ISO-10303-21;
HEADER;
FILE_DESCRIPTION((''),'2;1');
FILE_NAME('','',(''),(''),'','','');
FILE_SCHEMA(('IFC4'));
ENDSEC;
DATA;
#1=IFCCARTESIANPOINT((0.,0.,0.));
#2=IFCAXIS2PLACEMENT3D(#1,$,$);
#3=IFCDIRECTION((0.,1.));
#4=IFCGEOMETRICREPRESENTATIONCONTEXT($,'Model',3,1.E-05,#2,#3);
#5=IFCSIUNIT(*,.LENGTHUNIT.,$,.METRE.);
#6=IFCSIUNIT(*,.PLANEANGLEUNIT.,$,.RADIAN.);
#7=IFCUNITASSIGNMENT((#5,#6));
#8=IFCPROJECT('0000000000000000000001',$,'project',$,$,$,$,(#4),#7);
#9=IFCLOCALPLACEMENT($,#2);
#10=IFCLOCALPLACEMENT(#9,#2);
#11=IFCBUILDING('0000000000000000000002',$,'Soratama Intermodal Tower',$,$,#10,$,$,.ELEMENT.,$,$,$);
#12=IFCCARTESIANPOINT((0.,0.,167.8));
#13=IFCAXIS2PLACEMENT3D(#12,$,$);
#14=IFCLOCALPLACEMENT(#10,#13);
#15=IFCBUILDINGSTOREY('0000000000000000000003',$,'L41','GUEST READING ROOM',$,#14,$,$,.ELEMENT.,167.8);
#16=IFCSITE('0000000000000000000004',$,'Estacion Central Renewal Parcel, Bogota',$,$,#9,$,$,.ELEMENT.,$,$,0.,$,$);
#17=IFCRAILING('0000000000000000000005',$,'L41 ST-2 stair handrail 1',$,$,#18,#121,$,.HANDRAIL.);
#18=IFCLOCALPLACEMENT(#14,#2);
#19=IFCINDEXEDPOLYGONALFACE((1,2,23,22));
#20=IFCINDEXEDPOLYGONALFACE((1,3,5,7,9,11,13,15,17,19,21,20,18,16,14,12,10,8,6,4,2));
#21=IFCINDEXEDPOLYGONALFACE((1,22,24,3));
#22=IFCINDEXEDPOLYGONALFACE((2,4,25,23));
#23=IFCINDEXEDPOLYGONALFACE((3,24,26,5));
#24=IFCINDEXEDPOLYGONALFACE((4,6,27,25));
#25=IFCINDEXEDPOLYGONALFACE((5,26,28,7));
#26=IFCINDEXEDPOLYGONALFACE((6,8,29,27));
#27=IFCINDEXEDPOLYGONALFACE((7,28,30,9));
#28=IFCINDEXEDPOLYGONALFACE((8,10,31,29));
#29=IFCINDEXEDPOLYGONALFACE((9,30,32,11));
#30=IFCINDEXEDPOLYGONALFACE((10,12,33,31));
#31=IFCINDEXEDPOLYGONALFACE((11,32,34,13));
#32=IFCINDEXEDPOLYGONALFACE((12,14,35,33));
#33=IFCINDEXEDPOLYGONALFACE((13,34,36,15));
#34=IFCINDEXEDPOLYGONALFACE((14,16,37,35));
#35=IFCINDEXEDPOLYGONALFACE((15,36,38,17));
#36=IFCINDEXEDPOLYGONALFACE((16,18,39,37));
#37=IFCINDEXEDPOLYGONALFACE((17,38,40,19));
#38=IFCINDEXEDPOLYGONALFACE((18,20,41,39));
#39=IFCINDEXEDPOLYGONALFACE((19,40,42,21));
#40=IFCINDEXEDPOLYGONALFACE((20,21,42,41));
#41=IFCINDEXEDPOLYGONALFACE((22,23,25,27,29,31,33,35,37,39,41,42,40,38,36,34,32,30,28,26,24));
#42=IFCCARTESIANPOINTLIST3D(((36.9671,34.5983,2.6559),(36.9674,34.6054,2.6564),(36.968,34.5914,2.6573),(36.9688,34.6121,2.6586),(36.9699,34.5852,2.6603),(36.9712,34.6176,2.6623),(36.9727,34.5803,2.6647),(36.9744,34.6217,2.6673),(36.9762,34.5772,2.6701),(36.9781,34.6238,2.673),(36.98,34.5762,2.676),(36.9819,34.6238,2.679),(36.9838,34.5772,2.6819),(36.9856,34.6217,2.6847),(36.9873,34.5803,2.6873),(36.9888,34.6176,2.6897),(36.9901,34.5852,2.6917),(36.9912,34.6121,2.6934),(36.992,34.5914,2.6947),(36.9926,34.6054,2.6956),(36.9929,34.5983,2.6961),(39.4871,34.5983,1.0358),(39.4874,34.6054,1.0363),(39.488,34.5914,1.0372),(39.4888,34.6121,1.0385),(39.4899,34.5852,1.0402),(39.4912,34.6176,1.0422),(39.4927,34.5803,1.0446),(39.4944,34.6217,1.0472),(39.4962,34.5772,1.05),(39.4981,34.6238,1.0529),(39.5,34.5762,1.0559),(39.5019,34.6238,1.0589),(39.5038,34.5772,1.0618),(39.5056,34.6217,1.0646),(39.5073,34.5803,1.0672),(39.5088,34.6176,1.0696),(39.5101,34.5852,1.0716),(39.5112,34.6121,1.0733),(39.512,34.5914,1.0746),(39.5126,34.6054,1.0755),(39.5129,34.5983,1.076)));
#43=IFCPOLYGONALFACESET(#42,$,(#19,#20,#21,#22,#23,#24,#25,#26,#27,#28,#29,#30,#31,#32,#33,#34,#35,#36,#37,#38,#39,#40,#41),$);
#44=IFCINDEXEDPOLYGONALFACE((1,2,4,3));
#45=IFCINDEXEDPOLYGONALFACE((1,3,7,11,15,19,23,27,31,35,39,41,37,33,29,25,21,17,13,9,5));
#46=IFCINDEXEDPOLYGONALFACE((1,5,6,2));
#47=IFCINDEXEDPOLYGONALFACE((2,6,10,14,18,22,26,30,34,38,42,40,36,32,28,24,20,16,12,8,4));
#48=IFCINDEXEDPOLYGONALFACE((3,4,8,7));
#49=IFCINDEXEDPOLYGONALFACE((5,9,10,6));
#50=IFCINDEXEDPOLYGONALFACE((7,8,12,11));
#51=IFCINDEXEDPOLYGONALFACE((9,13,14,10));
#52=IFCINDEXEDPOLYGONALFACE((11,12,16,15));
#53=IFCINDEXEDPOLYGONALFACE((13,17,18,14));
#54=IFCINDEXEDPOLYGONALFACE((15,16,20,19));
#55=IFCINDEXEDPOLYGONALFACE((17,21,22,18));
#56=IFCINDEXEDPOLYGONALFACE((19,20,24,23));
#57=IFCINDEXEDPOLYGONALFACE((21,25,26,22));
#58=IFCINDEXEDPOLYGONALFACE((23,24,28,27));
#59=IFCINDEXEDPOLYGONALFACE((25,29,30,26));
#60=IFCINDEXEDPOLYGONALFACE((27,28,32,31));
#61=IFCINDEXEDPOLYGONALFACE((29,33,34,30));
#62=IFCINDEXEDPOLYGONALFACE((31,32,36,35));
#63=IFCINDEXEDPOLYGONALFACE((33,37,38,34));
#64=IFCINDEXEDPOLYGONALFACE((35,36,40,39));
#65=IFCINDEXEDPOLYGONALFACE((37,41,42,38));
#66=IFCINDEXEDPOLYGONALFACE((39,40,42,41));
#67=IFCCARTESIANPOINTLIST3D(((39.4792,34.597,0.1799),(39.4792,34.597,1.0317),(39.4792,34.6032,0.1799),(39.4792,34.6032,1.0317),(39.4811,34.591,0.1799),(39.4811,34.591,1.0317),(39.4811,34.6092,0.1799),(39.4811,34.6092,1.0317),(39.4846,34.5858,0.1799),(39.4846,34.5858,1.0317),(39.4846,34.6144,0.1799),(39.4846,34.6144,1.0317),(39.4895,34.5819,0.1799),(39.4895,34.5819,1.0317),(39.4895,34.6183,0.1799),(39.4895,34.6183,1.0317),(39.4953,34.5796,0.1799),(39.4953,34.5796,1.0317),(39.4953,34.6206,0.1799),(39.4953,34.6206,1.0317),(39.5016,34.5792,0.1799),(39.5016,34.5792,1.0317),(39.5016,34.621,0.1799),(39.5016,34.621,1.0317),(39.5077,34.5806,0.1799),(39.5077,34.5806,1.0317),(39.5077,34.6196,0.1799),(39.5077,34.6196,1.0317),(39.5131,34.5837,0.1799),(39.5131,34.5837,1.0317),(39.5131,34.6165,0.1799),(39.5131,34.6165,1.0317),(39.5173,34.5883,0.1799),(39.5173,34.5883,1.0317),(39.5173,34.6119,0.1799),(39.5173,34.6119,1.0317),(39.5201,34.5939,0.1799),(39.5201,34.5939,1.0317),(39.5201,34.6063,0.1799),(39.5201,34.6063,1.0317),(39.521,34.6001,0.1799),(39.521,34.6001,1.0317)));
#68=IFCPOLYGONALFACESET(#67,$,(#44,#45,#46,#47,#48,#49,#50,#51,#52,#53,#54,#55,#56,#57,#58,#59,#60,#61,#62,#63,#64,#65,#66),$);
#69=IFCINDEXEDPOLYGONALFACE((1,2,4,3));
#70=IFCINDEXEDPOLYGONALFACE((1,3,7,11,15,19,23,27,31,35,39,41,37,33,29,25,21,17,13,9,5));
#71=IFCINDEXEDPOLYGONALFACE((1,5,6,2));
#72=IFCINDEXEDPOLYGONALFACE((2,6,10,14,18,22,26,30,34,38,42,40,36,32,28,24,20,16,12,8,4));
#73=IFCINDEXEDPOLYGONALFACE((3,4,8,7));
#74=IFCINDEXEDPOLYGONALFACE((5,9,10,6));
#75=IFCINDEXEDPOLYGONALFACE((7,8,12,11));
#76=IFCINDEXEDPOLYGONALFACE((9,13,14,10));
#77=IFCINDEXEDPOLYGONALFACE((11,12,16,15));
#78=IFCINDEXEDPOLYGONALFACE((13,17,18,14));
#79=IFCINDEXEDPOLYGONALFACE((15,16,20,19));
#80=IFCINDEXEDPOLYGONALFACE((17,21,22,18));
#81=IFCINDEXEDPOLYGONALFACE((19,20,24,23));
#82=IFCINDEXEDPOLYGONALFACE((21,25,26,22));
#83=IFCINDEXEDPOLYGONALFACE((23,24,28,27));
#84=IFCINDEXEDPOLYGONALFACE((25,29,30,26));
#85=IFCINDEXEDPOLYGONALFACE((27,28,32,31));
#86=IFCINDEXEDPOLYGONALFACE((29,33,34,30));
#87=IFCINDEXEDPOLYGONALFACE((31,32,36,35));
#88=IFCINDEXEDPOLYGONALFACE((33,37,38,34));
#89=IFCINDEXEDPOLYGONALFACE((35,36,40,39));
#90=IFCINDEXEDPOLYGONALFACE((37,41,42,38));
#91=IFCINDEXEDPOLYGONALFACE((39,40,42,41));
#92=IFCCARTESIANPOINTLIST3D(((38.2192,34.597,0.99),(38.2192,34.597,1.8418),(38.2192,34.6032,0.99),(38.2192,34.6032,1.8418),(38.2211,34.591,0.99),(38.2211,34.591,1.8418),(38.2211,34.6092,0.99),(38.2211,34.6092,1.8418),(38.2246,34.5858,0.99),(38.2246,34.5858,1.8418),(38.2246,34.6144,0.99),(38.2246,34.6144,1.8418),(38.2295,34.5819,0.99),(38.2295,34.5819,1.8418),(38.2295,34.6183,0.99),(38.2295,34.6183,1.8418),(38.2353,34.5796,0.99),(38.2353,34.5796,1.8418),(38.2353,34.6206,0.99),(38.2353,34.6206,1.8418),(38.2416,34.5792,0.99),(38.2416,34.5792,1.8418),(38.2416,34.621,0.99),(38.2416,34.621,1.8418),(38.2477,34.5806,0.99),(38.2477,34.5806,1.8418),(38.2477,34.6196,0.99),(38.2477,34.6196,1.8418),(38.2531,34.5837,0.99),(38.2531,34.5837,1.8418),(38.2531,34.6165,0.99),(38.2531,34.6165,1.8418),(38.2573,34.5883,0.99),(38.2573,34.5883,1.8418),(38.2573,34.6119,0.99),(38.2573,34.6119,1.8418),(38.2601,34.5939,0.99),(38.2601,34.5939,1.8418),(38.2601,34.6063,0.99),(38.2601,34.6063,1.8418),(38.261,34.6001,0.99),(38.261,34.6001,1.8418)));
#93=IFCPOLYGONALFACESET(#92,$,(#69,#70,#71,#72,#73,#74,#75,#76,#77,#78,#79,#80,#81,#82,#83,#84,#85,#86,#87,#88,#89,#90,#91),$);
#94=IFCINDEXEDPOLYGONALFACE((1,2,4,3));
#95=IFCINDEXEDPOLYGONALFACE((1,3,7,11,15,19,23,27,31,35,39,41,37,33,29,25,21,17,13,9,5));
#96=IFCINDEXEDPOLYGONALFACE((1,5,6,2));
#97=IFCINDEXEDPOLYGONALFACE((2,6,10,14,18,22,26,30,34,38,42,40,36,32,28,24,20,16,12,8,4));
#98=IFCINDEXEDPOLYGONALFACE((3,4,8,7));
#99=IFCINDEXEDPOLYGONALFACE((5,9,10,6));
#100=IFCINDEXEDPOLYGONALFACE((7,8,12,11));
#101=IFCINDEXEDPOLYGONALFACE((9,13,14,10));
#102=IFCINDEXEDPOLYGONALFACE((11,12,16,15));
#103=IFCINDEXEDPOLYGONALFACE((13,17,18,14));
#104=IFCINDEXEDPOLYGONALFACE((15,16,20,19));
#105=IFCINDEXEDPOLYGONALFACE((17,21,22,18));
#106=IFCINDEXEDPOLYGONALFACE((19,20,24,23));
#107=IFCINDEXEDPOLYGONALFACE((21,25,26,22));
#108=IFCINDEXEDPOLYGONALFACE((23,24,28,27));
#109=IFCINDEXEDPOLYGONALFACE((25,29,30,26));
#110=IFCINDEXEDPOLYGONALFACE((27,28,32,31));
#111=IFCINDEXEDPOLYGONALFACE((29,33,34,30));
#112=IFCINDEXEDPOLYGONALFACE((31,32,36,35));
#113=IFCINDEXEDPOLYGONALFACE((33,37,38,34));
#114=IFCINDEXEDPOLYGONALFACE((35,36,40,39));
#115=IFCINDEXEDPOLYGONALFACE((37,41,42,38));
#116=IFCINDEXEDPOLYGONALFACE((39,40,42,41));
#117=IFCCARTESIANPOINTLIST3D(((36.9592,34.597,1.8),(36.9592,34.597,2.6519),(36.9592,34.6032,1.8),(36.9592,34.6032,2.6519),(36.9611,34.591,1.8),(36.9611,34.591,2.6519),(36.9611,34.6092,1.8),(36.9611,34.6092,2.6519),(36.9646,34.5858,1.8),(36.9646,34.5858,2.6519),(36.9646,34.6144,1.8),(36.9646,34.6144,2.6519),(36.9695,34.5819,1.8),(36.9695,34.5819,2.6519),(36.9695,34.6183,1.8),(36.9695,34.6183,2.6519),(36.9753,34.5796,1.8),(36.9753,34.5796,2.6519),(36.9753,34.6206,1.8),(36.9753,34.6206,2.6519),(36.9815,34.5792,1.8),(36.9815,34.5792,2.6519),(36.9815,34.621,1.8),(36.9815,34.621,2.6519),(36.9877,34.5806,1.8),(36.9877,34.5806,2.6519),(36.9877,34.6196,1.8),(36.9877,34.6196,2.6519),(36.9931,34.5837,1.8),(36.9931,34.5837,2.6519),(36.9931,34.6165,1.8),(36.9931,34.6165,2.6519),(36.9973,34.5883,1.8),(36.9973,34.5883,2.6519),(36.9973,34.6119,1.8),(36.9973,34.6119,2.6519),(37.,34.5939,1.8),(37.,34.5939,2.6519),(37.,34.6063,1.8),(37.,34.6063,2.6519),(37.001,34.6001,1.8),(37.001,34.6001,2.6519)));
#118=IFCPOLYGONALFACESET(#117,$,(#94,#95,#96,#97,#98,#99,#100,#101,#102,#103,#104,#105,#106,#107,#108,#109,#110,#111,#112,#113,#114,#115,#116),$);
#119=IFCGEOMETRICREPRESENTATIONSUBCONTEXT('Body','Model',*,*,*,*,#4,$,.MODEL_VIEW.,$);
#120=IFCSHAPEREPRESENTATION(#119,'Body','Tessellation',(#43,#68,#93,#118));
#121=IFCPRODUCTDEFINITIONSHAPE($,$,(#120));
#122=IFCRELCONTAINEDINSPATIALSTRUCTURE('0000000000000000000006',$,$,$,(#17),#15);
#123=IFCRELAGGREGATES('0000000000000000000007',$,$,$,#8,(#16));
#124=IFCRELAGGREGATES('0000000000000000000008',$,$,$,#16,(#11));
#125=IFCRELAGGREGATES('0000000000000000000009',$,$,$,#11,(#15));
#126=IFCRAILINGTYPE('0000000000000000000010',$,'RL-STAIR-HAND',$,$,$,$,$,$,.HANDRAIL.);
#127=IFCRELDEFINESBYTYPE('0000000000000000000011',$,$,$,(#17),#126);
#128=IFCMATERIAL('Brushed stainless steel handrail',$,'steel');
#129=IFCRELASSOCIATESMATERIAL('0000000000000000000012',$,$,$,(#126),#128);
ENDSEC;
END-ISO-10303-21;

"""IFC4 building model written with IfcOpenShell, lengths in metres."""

from ifc_helpers import new_model, si_unit, direction, frame, origin, origin_2d, place, context, subcontext, project, spatial, circle, extrude, material, type_object, element, save


model = new_model("IFC4")

# Units and contexts
model_context = context("Model", 3, precision=1e-05, world=origin(), true_north=direction((0.0, 1.0)))
body_context = subcontext(model_context, "Body", "Model", "MODEL_VIEW")
ifc_project = project(units=[si_unit("LENGTHUNIT", "METRE"), si_unit("PLANEANGLEUNIT", "RADIAN")], contexts=[model_context])

# Site, building, storey
site_placement = place(None, origin())
site = spatial("IfcSite", under=ifc_project, at=site_placement, Name="Estacion Central Renewal Parcel, Bogota", CompositionType="ELEMENT", RefElevation=0.0)
building_placement = place(site_placement, origin())
building = spatial("IfcBuilding", under=site, at=building_placement, Name="Soratama Intermodal Tower", CompositionType="ELEMENT")
storey_placement = place(building_placement, frame((0.0, 0.0, 167.8)))
storey = spatial("IfcBuildingStorey", under=building, at=storey_placement, Name="L41", Description="GUEST READING ROOM", CompositionType="ELEMENT", Elevation=167.8)

# Railing
ifc_material_1 = material(Name="Brushed stainless steel handrail", Category="steel")
railing_type_1 = type_object("IfcRailingType", Name="RL-STAIR-HAND", PredefinedType="HANDRAIL", material=ifc_material_1)
railing_1_placement = place(storey_placement, frame((39.5, 34.6001, 0.1799)))
element("IfcRailing", 1, at=railing_1_placement, inside=storey, type_object=railing_type_1, Name="L41 ST-2 stair handrail 1", PredefinedType="HANDRAIL", context=body_context, shape_type="SweptSolid", body=[
    extrude(circle(Radius=0.0239, at=origin_2d()), frame((0.0, 0.0, 0.876), z_axis=(-0.841163, 0.0, 0.540782), x_axis=(0.0, -1.0, 0.0)), (0.0, 0.0, 1.0), 2.9958),
    extrude(circle(Radius=0.021, at=origin_2d()), origin(), (0.0, 0.0, 1.0), 0.8518),
    extrude(circle(Radius=0.021, at=origin_2d()), frame((-1.26, 0.0, 0.8101)), (0.0, 0.0, 1.0), 0.8518),
    extrude(circle(Radius=0.021, at=origin_2d()), frame((-2.52, 0.0, 1.6201)), (0.0, 0.0, 1.0), 0.8518),
])

save(model, "model.ifc")
